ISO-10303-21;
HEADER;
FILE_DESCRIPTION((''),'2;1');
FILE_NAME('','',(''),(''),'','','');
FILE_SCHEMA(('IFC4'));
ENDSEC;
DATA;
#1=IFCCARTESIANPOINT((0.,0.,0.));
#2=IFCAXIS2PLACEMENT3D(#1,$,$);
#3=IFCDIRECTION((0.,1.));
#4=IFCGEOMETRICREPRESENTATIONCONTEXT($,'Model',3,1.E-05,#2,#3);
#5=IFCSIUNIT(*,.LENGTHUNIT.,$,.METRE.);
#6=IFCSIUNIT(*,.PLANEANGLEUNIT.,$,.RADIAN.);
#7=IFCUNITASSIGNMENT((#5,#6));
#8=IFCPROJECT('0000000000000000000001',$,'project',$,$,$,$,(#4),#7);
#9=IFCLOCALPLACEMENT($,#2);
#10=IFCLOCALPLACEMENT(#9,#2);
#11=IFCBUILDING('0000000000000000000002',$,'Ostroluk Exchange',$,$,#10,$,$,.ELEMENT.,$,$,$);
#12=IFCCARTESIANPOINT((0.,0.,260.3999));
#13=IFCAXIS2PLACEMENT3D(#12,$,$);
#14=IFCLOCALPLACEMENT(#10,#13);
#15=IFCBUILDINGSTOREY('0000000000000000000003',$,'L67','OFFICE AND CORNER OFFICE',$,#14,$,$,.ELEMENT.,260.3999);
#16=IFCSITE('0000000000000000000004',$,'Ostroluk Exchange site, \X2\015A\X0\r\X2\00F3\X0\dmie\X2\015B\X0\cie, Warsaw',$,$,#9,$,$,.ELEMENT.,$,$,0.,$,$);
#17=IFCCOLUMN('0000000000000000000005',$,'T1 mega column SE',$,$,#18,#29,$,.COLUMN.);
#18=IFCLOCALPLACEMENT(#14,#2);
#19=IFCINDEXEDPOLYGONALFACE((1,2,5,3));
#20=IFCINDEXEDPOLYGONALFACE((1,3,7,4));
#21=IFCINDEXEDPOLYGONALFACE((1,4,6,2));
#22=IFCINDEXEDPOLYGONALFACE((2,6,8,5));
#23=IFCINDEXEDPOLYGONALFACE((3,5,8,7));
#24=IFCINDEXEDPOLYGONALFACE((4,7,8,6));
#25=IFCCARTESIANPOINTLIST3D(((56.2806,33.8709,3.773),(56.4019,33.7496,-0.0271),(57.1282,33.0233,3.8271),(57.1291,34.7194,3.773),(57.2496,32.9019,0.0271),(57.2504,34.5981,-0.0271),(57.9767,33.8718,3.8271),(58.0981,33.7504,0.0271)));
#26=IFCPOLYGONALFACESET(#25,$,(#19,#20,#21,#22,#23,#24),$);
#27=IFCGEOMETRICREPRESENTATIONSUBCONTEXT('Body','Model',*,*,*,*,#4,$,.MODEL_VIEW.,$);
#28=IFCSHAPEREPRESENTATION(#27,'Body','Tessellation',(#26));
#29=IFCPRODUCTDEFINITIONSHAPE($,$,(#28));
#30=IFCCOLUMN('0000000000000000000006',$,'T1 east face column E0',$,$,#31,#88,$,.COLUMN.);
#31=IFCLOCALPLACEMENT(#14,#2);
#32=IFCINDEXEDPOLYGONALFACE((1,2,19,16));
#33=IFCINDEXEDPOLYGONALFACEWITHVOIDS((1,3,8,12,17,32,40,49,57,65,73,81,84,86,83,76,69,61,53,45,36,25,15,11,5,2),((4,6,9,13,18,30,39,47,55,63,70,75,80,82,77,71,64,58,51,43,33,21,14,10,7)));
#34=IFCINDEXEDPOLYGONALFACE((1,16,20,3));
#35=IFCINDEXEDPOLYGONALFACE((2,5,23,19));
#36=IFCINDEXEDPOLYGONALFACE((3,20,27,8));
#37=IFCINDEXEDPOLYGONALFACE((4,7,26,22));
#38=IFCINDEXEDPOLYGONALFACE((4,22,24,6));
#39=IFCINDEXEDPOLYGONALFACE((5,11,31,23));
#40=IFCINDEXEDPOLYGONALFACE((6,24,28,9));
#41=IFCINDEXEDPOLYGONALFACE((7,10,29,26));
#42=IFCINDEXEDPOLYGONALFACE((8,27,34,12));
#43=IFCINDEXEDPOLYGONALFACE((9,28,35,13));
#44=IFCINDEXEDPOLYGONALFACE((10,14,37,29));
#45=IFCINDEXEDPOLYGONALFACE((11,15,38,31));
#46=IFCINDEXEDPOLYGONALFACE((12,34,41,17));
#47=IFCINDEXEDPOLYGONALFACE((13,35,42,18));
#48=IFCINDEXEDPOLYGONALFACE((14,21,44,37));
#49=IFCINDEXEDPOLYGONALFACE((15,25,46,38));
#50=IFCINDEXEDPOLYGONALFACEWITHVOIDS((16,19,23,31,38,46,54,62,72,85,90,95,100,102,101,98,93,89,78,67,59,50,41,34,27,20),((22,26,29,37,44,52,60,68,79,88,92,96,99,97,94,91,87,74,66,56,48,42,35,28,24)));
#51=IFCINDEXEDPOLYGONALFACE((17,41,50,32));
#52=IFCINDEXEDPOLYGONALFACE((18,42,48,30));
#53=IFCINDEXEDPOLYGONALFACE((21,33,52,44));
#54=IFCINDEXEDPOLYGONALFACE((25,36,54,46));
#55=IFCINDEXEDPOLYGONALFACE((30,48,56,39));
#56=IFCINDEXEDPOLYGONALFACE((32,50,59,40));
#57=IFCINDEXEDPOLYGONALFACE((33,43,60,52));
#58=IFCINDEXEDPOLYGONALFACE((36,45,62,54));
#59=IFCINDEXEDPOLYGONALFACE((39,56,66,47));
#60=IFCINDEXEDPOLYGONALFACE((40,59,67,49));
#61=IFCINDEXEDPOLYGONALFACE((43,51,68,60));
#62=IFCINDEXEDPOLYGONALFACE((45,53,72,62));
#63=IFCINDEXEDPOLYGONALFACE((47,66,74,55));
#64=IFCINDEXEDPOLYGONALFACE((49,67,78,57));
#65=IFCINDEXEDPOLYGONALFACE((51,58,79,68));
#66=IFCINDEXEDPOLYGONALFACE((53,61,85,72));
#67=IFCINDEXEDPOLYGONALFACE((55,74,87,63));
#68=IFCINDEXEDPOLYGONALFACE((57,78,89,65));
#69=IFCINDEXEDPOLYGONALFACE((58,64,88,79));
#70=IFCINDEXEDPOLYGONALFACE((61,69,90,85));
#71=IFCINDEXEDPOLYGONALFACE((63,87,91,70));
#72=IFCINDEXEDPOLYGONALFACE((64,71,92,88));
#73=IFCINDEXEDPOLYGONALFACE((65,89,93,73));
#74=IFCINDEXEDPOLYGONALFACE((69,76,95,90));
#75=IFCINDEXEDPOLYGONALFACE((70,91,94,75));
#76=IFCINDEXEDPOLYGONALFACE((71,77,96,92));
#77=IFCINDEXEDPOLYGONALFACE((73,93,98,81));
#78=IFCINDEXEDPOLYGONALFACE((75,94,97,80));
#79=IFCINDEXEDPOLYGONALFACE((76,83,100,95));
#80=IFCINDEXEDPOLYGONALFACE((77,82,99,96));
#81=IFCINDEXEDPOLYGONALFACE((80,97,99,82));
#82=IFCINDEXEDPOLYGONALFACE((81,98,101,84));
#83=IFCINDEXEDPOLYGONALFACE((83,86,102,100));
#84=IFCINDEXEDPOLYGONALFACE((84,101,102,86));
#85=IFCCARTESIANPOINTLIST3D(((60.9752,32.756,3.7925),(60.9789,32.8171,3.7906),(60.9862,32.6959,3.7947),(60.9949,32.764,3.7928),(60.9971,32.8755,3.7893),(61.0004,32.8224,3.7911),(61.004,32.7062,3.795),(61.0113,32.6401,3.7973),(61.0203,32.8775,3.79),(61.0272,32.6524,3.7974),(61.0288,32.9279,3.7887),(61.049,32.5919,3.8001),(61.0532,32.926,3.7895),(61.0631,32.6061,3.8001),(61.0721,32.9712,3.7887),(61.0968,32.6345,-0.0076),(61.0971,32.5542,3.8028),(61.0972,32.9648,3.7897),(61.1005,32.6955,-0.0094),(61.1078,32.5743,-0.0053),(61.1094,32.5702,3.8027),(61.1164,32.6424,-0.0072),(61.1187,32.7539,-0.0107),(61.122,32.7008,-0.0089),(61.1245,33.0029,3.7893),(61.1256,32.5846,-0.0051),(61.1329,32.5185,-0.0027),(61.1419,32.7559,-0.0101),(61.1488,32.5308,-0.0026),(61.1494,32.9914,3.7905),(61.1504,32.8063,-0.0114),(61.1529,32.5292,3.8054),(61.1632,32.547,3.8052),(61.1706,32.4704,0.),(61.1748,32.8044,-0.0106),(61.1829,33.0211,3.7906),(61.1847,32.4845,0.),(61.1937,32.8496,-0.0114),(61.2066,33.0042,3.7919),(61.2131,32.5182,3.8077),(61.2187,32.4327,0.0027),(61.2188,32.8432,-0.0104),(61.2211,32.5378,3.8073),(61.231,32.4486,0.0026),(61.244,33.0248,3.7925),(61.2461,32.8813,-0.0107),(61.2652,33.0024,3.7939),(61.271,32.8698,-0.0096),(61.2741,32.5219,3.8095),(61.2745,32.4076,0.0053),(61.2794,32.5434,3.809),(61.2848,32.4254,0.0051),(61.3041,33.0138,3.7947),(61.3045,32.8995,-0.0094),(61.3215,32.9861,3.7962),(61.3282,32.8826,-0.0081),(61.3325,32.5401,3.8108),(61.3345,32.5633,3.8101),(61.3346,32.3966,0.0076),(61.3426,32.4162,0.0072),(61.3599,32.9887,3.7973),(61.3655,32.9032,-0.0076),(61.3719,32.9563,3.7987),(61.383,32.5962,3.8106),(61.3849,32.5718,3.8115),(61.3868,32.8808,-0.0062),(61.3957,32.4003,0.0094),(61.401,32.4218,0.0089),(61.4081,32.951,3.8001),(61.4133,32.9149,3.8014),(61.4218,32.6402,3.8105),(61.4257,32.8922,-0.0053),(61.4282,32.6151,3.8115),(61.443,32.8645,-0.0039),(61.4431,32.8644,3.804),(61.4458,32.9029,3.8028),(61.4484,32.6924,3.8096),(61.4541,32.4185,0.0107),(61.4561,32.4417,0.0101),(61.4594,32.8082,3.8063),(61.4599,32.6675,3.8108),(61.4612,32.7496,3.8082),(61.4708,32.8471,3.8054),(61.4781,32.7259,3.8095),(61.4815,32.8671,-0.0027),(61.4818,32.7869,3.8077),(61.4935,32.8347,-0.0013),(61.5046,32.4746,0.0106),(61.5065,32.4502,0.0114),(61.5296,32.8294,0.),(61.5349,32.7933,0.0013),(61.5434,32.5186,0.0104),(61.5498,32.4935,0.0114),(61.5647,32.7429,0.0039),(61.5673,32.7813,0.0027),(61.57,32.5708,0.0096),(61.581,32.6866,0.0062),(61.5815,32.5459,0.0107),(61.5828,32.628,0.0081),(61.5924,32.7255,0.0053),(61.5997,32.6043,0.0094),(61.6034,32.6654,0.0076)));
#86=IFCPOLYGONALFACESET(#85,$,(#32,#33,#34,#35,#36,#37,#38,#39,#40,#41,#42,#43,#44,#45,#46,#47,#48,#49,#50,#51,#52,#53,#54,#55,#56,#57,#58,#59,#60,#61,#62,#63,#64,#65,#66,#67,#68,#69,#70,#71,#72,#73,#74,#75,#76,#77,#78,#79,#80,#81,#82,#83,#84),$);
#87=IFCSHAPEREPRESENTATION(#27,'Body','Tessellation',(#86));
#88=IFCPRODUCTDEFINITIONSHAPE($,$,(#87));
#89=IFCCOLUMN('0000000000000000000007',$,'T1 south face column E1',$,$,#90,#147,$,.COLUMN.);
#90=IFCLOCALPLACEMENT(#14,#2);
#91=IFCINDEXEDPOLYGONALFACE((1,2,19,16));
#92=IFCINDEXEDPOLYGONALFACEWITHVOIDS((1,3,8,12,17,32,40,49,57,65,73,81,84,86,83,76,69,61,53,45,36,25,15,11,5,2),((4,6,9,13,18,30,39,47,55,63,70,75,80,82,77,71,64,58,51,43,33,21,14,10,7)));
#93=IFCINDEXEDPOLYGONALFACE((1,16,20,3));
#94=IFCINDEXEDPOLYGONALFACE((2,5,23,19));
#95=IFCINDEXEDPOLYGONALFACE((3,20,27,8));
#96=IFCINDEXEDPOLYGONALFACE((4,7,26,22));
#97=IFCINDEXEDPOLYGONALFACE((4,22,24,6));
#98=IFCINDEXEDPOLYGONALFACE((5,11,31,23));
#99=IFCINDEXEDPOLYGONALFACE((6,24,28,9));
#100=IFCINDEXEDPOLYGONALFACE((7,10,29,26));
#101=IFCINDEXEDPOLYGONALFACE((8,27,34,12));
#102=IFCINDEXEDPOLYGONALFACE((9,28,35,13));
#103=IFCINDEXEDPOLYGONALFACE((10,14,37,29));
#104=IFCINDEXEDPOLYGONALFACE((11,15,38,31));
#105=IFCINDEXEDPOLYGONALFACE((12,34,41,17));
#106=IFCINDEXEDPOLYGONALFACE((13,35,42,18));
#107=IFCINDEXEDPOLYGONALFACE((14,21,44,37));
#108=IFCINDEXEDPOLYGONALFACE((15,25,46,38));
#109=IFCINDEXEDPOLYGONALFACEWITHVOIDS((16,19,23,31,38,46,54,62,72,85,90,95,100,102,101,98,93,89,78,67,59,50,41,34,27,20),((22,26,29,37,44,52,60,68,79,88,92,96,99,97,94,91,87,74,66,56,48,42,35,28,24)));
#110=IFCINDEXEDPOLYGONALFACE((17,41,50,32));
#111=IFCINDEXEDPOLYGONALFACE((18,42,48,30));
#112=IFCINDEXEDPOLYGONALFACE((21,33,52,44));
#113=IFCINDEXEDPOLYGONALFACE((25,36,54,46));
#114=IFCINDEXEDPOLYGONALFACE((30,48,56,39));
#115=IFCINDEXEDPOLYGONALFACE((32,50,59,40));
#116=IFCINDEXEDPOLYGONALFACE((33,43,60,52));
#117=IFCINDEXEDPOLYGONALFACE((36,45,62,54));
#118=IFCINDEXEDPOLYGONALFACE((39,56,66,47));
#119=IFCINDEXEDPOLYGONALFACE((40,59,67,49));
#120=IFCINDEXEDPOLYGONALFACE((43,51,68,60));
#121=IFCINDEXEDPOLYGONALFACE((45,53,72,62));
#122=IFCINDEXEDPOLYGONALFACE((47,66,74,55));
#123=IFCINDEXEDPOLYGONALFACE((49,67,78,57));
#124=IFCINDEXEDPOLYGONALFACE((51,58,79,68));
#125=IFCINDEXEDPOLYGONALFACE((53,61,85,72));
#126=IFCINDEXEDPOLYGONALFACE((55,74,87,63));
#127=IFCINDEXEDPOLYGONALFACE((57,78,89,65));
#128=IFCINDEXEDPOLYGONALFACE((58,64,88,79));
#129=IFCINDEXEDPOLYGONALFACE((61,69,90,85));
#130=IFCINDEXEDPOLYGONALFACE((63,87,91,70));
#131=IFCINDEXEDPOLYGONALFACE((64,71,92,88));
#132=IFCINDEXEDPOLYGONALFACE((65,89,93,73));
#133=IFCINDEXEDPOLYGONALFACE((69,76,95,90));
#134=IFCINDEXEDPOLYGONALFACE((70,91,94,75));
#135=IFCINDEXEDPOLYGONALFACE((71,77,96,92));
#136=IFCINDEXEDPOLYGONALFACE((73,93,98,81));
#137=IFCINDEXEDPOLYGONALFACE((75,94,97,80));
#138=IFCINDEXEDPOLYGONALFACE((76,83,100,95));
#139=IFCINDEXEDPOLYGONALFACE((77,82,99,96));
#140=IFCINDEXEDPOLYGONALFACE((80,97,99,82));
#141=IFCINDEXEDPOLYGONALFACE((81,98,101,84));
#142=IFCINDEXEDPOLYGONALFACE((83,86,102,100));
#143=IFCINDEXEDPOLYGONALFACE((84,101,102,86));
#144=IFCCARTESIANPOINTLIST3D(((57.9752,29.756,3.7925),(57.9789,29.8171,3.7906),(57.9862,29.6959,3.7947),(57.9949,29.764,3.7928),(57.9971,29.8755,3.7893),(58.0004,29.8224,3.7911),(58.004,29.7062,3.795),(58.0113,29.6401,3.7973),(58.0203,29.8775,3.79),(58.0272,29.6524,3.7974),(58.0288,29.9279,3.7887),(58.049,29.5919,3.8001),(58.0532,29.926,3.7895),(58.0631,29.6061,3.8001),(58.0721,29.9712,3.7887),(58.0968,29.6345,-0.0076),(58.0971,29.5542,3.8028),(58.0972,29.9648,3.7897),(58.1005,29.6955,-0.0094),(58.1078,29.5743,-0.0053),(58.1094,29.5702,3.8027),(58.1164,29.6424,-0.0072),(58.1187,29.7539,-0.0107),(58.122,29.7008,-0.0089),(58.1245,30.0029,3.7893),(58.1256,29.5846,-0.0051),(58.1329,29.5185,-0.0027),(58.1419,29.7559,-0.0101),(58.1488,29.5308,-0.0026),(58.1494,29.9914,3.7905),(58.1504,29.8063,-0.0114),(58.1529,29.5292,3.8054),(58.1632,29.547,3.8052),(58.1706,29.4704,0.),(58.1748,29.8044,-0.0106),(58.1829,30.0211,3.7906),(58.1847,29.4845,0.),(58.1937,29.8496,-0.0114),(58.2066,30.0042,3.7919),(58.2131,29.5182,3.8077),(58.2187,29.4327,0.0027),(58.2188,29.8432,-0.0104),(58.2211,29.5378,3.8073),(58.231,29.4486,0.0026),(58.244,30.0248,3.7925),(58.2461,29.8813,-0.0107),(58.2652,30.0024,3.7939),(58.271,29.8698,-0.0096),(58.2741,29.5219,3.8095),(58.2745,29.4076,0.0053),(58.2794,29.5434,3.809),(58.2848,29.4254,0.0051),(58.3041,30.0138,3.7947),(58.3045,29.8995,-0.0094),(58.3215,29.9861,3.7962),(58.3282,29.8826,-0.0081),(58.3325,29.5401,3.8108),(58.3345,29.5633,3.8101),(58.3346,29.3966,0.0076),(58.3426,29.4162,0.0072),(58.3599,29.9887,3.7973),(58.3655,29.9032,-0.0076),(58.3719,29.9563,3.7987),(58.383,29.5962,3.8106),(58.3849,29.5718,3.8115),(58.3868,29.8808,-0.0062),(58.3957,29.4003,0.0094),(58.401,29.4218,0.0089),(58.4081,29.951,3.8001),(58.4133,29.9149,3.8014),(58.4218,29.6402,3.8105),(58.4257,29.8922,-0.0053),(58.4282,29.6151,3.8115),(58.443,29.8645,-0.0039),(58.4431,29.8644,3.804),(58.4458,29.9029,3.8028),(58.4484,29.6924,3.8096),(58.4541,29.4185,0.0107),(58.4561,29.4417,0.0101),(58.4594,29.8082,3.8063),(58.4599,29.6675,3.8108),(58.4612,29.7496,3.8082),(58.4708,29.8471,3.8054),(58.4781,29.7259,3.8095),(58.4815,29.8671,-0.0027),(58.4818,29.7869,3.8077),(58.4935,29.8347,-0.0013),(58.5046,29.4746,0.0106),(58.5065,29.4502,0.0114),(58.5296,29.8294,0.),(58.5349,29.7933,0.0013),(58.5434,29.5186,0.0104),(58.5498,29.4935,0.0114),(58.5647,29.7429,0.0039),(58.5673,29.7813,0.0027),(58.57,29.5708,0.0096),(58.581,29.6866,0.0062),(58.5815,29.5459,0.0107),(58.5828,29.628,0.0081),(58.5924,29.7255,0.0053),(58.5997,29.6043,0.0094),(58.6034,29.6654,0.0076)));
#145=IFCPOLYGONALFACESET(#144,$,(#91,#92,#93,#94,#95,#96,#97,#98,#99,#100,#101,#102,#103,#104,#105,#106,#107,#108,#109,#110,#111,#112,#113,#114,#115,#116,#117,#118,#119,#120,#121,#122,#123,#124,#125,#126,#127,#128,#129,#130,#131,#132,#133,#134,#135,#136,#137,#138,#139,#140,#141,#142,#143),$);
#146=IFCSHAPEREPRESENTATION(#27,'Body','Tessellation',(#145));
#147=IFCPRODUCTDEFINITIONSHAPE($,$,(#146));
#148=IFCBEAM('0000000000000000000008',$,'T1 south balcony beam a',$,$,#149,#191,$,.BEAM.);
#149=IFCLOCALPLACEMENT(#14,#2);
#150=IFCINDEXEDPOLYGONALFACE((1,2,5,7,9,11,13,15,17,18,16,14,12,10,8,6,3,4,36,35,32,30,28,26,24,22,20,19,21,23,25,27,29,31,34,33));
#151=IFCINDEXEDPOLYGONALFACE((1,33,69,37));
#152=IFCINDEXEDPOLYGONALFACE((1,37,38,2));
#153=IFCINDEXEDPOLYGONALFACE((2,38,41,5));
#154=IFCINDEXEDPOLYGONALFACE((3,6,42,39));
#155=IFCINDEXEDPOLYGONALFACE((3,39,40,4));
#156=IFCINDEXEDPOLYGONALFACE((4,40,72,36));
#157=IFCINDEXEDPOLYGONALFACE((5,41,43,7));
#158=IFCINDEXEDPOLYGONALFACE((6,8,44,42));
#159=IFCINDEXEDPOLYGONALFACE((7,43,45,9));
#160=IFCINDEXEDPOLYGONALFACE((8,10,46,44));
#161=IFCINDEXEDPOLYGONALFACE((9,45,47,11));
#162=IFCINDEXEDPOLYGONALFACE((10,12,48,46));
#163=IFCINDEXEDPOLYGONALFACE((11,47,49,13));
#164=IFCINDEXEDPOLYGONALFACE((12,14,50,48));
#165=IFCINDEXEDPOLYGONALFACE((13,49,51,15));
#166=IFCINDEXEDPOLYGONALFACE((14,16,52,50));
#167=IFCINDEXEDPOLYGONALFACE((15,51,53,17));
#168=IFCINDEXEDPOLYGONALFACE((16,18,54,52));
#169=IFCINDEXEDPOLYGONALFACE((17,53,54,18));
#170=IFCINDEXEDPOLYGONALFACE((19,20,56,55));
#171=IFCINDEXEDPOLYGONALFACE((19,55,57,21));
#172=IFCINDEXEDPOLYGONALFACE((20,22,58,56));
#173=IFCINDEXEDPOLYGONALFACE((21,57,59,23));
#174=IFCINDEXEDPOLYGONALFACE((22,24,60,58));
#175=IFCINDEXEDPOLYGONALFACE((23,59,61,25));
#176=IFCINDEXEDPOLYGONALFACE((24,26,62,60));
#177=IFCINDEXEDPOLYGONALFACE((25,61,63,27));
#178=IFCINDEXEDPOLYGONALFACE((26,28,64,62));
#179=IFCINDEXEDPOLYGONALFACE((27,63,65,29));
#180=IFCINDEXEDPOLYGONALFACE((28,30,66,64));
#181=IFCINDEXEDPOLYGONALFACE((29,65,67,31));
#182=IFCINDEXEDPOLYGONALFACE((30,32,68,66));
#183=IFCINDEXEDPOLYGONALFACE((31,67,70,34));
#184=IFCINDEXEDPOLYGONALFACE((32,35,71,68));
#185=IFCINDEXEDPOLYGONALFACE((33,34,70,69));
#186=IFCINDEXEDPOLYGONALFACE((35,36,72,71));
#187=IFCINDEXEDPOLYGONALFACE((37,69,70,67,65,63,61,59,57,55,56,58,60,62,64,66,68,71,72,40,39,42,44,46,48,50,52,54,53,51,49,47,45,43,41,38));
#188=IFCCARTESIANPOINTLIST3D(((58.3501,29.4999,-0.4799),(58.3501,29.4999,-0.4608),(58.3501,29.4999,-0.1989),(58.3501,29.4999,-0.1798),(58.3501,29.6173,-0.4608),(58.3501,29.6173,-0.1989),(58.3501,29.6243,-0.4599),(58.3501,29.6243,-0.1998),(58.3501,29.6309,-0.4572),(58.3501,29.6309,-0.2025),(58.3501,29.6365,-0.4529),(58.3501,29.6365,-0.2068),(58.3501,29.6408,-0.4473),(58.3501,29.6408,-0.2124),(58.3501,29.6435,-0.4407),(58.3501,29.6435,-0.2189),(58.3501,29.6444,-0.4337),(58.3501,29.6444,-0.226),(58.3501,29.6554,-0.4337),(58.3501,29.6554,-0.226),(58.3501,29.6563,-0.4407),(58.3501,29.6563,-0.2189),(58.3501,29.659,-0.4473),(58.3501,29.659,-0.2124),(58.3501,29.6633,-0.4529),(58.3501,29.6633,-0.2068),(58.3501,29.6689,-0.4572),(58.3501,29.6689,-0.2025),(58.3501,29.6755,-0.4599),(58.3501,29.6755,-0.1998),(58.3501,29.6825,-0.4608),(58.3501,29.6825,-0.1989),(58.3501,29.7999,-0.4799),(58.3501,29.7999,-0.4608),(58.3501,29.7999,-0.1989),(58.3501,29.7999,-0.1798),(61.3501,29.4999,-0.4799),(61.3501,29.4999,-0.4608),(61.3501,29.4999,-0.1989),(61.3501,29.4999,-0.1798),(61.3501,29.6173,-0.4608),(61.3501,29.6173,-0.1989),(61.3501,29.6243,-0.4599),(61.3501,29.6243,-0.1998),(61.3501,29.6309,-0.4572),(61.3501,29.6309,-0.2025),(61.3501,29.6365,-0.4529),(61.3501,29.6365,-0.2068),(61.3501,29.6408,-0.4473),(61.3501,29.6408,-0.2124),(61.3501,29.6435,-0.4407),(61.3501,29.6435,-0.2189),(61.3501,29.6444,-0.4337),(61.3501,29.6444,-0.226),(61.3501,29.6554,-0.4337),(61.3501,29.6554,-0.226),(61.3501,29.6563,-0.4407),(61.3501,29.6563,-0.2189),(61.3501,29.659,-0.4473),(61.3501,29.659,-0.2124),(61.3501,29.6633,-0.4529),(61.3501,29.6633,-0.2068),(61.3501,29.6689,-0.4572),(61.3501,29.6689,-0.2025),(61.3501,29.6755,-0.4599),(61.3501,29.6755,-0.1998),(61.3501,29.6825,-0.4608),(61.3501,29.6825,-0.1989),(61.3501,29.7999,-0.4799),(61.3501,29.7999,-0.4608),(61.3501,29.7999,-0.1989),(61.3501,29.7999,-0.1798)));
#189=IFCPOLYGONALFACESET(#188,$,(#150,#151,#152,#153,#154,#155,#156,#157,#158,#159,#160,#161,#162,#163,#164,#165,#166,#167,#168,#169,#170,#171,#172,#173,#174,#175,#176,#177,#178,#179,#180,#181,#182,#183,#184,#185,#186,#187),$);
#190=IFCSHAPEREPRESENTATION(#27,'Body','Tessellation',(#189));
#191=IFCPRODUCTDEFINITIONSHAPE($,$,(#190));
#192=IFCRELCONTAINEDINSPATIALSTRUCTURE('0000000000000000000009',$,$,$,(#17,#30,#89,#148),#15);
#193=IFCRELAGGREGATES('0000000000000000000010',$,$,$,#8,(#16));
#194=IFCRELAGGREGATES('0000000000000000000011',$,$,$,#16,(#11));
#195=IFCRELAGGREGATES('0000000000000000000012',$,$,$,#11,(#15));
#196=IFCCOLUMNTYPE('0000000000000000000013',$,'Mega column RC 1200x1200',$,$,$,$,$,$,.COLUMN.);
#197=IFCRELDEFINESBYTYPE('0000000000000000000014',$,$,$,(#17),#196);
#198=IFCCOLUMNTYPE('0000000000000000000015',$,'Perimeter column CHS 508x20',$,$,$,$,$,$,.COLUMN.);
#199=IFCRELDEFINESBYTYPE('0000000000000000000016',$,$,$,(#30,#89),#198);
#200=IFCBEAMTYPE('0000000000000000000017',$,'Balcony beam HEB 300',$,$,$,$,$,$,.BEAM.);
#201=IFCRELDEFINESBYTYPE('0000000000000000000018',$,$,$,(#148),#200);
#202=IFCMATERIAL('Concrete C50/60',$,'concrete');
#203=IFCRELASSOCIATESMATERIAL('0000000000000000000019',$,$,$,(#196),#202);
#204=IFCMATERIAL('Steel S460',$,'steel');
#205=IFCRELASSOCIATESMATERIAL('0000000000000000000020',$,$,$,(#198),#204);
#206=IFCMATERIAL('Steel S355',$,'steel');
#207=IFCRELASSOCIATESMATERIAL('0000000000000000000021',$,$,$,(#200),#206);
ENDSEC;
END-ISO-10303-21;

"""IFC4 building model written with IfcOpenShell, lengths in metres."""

from ifc_helpers import new_model, si_unit, direction, frame, origin, origin_2d, place, context, subcontext, project, spatial, rectangle, hollow_circle, i_section, extrude, material, material_profile, profile_set, type_object, element, save


model = new_model("IFC4")

# Units and contexts
model_context = context("Model", 3, precision=1e-05, world=origin(), true_north=direction((0.0, 1.0)))
body_context = subcontext(model_context, "Body", "Model", "MODEL_VIEW")
ifc_project = project(units=[si_unit("LENGTHUNIT", "METRE"), si_unit("PLANEANGLEUNIT", "RADIAN")], contexts=[model_context])

# Site, building, storey
site_placement = place(None, origin())
site = spatial("IfcSite", under=ifc_project, at=site_placement, Name="Ostroluk Exchange site, Śródmieście, Warsaw", CompositionType="ELEMENT", RefElevation=0.0)
building_placement = place(site_placement, origin())
building = spatial("IfcBuilding", under=site, at=building_placement, Name="Ostroluk Exchange", CompositionType="ELEMENT")
storey_placement = place(building_placement, frame((0.0, 0.0, 260.3999)))
storey = spatial("IfcBuildingStorey", under=building, at=storey_placement, Name="L67", Description="OFFICE AND CORNER OFFICE", CompositionType="ELEMENT", Elevation=260.3999)

# Columns
ifc_material_1 = material(Name="Concrete C50/60", Category="concrete")
ifc_material_profile_1 = material_profile(ifc_material_1, rectangle(XDim=1.2, YDim=1.2, at=origin_2d()), Name="RC 1200x1200")
ifc_profile_set_1 = profile_set([ifc_material_profile_1], Name="Concrete C50/60")
column_type_1 = type_object("IfcColumnType", Name="Mega column RC 1200x1200", PredefinedType="COLUMN", material=ifc_profile_set_1)
column_placement = place(storey_placement, frame((57.25, 33.75, 0.0), z_axis=(-0.031898, 0.031898, 0.998982), x_axis=(-0.707107, -0.707107, 0.0)))
element("IfcColumn", 1, at=column_placement, inside=storey, type_object=column_type_1, Name="T1 mega column SE", PredefinedType="COLUMN", context=body_context, shape_type="SweptSolid", body=[
    extrude(rectangle(XDim=1.2, YDim=1.2, at=origin_2d()), origin(), (0.0, 0.0, 1.0), 3.804),
])
ifc_material_2 = material(Name="Steel S460", Category="steel")
ifc_material_profile_2 = material_profile(ifc_material_2, hollow_circle(Radius=0.2539, WallThickness=0.02, at=origin_2d()), Name="CHS 508x20")
ifc_profile_set_2 = profile_set([ifc_material_profile_2], Name="Steel S460")
column_type_2 = type_object("IfcColumnType", Name="Perimeter column CHS 508x20", PredefinedType="COLUMN", material=ifc_profile_set_2)
for number, where, z_axis, x_axis, name in (
    (2, (61.3501, 32.6499, 0.0), (-0.031962, 0.031962, 0.998978), (-0.707107, -0.707107, 0.0), "T1 east face column E0"),
    (3, (58.3501, 29.6499, 0.0), (-0.031962, 0.031962, 0.998978), (-0.707107, -0.707107, 0.0), "T1 south face column E1"),
):
    element("IfcColumn", number, at=place(storey_placement, frame(where, z_axis=z_axis, x_axis=x_axis)), inside=storey, type_object=column_type_2, Name=name, PredefinedType="COLUMN", context=body_context, shape_type="SweptSolid", body=[
        extrude(hollow_circle(Radius=0.2539, WallThickness=0.02, at=origin_2d()), origin(), (0.0, 0.0, 1.0), 3.804),
    ])

# Beam
ifc_material_3 = material(Name="Steel S355", Category="steel")
ifc_material_profile_3 = material_profile(ifc_material_3, i_section(OverallWidth=0.3, OverallDepth=0.3, WebThickness=0.011, FlangeThickness=0.019, FilletRadius=0.0271, at=origin_2d()), Name="HEB 300")
ifc_profile_set_3 = profile_set([ifc_material_profile_3], Name="Steel S355")
beam_type_1 = type_object("IfcBeamType", Name="Balcony beam HEB 300", PredefinedType="BEAM", material=ifc_profile_set_3)
for number, where, z_axis, x_axis, name in (
    (4, (58.3501, 29.6499, -0.3298), (1.0, 0.0, 0.0), (0.0, 1.0, 0.0), "T1 south balcony beam a"),
):
    element("IfcBeam", number, at=place(storey_placement, frame(where, z_axis=z_axis, x_axis=x_axis)), inside=storey, type_object=beam_type_1, Name=name, PredefinedType="BEAM", context=body_context, shape_type="SweptSolid", body=[
        extrude(i_section(OverallWidth=0.3, OverallDepth=0.3, WebThickness=0.011, FlangeThickness=0.019, FilletRadius=0.0271, at=origin_2d()), origin(), (0.0, 0.0, 1.0), 3.0),
    ])

save(model, "model.ifc")
